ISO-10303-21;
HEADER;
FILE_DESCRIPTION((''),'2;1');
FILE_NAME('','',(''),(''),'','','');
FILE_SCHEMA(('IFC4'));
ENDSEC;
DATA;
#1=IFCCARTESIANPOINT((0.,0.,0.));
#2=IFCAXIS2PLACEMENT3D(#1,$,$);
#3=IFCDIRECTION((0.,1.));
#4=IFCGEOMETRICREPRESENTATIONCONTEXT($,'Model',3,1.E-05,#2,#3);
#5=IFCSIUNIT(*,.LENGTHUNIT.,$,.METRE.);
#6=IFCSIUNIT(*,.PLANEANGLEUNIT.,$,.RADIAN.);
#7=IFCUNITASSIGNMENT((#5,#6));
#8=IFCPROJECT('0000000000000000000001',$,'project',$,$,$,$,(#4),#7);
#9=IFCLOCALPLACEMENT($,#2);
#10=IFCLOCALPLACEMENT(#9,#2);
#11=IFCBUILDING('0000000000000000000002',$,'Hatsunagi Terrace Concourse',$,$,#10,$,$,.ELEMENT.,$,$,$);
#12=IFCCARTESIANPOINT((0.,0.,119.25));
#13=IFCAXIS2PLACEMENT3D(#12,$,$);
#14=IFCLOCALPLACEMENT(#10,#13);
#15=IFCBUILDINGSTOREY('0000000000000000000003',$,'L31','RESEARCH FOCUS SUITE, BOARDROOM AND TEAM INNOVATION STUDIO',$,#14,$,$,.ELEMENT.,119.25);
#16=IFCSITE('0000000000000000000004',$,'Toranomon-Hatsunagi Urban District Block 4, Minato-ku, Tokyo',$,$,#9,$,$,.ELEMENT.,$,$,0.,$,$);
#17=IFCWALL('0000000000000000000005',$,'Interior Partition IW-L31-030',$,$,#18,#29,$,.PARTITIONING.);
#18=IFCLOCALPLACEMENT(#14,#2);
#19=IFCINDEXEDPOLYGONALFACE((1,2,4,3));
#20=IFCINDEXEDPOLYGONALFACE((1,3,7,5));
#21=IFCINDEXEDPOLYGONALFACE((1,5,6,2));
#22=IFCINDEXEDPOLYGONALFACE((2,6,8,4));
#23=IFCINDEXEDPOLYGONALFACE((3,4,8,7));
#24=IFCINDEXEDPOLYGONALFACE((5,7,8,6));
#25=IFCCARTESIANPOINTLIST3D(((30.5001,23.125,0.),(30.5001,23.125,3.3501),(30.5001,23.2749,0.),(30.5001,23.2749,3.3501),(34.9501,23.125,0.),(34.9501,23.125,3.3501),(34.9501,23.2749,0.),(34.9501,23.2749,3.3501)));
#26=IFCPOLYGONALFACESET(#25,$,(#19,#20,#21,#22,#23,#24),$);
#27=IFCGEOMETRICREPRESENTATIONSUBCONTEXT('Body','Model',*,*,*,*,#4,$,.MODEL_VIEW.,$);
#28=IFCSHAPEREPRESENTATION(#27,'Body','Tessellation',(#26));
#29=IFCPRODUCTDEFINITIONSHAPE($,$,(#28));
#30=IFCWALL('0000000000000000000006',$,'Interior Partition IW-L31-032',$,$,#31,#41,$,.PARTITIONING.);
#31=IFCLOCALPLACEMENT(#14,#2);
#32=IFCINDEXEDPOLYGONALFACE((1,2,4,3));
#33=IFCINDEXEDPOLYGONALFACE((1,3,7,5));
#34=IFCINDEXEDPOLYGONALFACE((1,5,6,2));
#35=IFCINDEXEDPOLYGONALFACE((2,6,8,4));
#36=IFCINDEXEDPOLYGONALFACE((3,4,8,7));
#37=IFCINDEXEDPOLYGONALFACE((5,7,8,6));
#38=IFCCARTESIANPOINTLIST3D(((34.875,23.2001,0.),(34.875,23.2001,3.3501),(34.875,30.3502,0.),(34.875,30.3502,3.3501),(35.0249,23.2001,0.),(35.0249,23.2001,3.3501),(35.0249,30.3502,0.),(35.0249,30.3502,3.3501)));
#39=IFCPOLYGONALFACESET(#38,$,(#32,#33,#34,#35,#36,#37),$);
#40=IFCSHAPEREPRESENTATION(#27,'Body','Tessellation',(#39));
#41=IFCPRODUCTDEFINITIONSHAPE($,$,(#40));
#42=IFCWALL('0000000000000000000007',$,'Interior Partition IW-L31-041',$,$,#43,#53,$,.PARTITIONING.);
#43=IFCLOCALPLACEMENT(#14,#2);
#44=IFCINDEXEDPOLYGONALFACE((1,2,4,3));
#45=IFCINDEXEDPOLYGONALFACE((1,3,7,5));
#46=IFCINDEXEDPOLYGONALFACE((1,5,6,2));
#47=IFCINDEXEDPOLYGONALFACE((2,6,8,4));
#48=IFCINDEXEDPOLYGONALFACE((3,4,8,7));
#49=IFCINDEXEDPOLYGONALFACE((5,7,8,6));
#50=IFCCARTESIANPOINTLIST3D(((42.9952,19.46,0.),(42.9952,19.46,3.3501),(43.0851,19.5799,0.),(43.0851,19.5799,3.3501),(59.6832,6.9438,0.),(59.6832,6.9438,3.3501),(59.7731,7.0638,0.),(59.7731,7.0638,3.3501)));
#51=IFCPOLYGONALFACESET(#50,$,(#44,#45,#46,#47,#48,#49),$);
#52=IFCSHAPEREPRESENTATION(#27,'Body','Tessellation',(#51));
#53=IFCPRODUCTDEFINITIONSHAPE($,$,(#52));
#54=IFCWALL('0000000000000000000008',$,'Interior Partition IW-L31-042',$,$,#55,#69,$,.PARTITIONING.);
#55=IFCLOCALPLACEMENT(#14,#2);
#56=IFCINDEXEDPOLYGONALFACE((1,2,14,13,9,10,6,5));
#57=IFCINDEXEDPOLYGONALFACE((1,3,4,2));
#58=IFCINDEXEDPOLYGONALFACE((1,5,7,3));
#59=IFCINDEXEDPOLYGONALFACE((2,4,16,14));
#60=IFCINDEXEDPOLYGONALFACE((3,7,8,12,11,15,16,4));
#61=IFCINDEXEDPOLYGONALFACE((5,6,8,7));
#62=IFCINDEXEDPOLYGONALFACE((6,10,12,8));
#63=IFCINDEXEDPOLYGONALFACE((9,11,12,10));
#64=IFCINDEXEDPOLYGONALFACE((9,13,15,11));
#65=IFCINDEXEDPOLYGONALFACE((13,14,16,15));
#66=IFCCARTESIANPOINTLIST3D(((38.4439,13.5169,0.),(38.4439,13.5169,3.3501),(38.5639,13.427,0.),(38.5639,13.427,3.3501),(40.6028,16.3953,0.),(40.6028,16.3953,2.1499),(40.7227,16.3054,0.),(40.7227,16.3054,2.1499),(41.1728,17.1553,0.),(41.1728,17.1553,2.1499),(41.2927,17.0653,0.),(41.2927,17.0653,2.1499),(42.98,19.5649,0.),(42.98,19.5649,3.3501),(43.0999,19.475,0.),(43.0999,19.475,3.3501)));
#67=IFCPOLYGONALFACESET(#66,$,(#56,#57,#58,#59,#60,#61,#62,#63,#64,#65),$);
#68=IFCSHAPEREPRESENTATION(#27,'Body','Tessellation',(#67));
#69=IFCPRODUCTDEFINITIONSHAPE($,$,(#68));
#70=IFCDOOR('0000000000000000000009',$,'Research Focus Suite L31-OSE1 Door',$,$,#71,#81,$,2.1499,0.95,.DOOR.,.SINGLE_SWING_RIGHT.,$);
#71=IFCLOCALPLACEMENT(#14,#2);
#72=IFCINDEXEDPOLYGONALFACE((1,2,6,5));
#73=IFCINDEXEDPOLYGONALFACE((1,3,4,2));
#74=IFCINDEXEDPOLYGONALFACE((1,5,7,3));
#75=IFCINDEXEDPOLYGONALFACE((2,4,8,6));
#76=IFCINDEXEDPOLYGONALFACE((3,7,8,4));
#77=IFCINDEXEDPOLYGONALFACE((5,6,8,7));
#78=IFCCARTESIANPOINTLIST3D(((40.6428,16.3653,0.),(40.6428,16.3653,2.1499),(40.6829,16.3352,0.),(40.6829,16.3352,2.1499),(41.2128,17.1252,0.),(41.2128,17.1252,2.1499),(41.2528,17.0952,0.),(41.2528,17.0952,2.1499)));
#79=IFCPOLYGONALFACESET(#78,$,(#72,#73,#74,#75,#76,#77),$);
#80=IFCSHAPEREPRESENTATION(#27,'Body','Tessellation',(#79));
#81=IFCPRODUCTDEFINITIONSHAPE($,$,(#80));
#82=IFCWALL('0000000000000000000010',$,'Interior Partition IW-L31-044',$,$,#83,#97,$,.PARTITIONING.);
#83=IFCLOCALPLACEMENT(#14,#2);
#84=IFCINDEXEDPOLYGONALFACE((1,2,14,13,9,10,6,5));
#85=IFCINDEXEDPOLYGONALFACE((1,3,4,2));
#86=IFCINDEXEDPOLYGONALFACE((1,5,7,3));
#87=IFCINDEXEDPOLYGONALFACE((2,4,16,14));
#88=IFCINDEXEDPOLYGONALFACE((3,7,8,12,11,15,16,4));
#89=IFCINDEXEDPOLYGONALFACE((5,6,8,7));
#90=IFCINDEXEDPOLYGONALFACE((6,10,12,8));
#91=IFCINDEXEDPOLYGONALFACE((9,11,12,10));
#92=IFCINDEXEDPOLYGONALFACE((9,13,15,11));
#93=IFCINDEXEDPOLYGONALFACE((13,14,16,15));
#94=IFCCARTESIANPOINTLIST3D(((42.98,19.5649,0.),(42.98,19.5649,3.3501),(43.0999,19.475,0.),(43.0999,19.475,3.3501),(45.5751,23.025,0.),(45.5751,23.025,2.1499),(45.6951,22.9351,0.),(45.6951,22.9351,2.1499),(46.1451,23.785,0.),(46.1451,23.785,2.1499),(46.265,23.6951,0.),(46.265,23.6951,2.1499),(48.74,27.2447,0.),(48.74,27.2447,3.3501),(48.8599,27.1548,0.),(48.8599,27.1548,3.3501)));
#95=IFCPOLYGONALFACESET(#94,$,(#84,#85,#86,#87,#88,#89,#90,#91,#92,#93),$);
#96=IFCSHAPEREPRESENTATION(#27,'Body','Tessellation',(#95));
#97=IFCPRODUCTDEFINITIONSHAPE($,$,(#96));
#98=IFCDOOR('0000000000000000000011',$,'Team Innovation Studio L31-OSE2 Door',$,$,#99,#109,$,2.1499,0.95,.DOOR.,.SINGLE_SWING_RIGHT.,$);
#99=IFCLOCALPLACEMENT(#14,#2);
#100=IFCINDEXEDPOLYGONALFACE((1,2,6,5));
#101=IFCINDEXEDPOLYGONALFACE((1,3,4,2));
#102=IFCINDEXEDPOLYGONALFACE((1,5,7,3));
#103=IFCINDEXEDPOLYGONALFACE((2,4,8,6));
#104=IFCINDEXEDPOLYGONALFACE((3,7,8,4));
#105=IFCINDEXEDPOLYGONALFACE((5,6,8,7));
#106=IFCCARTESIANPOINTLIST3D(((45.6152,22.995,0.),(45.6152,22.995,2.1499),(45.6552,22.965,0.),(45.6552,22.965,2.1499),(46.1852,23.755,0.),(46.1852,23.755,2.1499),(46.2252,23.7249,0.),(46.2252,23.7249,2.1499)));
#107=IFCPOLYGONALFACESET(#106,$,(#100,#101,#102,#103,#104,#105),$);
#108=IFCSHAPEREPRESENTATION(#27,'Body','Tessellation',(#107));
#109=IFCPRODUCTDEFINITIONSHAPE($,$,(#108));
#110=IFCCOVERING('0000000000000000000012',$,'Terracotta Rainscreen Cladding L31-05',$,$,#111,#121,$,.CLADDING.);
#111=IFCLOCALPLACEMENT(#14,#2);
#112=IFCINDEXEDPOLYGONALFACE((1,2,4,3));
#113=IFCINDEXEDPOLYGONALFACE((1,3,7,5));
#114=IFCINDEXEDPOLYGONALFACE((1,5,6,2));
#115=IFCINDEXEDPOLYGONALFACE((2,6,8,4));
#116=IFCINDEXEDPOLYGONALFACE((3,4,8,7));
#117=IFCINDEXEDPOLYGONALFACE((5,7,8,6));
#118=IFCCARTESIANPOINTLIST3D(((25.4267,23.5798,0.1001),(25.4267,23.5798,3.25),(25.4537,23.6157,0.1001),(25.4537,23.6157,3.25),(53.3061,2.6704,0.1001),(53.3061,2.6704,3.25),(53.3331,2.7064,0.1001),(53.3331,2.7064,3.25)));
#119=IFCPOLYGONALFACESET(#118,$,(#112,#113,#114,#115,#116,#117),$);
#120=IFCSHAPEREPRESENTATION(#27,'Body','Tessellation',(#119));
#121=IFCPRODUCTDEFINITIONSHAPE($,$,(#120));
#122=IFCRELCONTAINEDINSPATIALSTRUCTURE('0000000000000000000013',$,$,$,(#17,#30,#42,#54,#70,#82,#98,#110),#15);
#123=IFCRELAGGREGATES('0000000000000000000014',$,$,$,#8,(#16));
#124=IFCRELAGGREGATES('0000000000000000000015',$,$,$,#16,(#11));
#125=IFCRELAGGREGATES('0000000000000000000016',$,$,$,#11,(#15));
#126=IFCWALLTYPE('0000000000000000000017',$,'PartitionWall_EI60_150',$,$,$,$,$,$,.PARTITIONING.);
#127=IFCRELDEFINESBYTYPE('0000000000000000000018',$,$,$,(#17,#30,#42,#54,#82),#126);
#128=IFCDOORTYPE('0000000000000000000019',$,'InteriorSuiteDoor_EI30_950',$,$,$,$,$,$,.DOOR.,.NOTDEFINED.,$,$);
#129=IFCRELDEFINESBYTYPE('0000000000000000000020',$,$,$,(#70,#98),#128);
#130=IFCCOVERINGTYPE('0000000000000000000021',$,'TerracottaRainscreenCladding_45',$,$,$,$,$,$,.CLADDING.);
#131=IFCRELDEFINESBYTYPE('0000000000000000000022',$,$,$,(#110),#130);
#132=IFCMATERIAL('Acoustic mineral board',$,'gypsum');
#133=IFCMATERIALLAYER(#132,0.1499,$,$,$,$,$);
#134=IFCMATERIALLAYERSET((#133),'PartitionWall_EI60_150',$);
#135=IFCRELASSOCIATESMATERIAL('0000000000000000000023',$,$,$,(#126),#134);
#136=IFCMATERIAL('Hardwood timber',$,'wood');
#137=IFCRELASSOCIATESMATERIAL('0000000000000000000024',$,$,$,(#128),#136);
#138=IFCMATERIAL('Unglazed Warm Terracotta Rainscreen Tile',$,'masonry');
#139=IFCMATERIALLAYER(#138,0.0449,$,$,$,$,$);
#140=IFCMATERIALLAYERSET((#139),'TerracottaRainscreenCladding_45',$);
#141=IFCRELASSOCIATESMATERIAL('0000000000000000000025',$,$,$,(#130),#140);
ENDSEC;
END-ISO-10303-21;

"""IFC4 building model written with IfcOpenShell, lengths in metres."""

from ifc_helpers import new_model, si_unit, direction, frame, frame_2d, origin, origin_2d, place, context, subcontext, project, spatial, rectangle, extrude, material, layer, layer_set, type_object, element, fill, save


model = new_model("IFC4")

# Units and contexts
model_context = context("Model", 3, precision=1e-05, world=origin(), true_north=direction((0.0, 1.0)))
body_context = subcontext(model_context, "Body", "Model", "MODEL_VIEW")
ifc_project = project(units=[si_unit("LENGTHUNIT", "METRE"), si_unit("PLANEANGLEUNIT", "RADIAN")], contexts=[model_context])

# Site, building, storey
site_placement = place(None, origin())
site = spatial("IfcSite", under=ifc_project, at=site_placement, Name="Toranomon-Hatsunagi Urban District Block 4, Minato-ku, Tokyo", CompositionType="ELEMENT", RefElevation=0.0)
building_placement = place(site_placement, origin())
building = spatial("IfcBuilding", under=site, at=building_placement, Name="Hatsunagi Terrace Concourse", CompositionType="ELEMENT")
storey_placement = place(building_placement, frame((0.0, 0.0, 119.25)))
storey = spatial("IfcBuildingStorey", under=building, at=storey_placement, Name="L31", Description="RESEARCH FOCUS SUITE, BOARDROOM AND TEAM INNOVATION STUDIO", CompositionType="ELEMENT", Elevation=119.25)

# Walls
ifc_material_1 = material(Name="Acoustic mineral board", Category="gypsum")
ifc_layer_1 = layer(ifc_material_1, 0.1499)
ifc_layer_set_1 = layer_set([ifc_layer_1], Name="PartitionWall_EI60_150")
wall_type_1 = type_object("IfcWallType", Name="PartitionWall_EI60_150", PredefinedType="PARTITIONING", material=ifc_layer_set_1)
wall_1_placement = place(storey_placement, frame((30.5, 23.2, 0.0), z_axis=(0.0, 0.0, 1.0), x_axis=(1.0, 0.0, 0.0)))
element("IfcWall", 1, at=wall_1_placement, inside=storey, type_object=wall_type_1, Name="Interior Partition IW-L31-030", PredefinedType="PARTITIONING", context=body_context, shape_type="SweptSolid", body=[
    extrude(rectangle(XDim=4.45, YDim=0.1499, at=frame_2d((2.2251, 0.0))), origin(), (0.0, 0.0, 1.0), 3.3501),
])
wall_2_placement = place(storey_placement, frame((34.95, 23.2, 0.0), z_axis=(0.0, 0.0, 1.0), x_axis=(0.0, 1.0, 0.0)))
element("IfcWall", 2, at=wall_2_placement, inside=storey, type_object=wall_type_1, Name="Interior Partition IW-L31-032", PredefinedType="PARTITIONING", context=body_context, shape_type="SweptSolid", body=[
    extrude(rectangle(XDim=7.1501, YDim=0.1499, at=frame_2d((3.5752, 0.0))), origin(), (0.0, 0.0, 1.0), 3.3501),
])
wall_3_placement = place(storey_placement, frame((43.04, 19.52, 0.0), z_axis=(0.0, 0.0, 1.0), x_axis=(0.799997, -0.600004, 0.0)))
element("IfcWall", 3, at=wall_3_placement, inside=storey, type_object=wall_type_1, Name="Interior Partition IW-L31-041", PredefinedType="PARTITIONING", context=body_context, shape_type="SweptSolid", body=[
    extrude(rectangle(XDim=20.8601, YDim=0.1499, at=frame_2d((10.4302, 0.0))), origin(), (0.0, 0.0, 1.0), 3.3501),
])

# Walls, openings, doors
wall_4_placement = place(storey_placement, frame((38.5039, 13.4719, 0.0), z_axis=(0.0, 0.0, 1.0), x_axis=(0.600005, 0.799996, 0.0)))
wall_4 = element("IfcWall", 4, at=wall_4_placement, inside=storey, type_object=wall_type_1, Name="Interior Partition IW-L31-042", PredefinedType="PARTITIONING", context=body_context, shape_type="SweptSolid", body=[
    extrude(rectangle(XDim=7.5601, YDim=0.1499, at=frame_2d((3.78, 0.0))), origin(), (0.0, 0.0, 1.0), 3.3501),
])
opening_1_placement = place(wall_4_placement, frame((3.5979, 0.0, 0.0)))
opening_1 = element("IfcOpeningElement", 5, at=opening_1_placement, cuts=wall_4, PredefinedType="OPENING", context=body_context, shape_type="SweptSolid", body=[
    extrude(rectangle(XDim=0.95, YDim=2.1499, at=frame_2d((0.4751, 1.075))), frame((0.0, 0.085, 0.0), z_axis=(0.0, -1.0, 0.0), x_axis=(1.0, 0.0, 0.0)), (0.0, 0.0, 1.0), 0.1699),
])
ifc_material_2 = material(Name="Hardwood timber", Category="wood")
door_type = type_object("IfcDoorType", Name="InteriorSuiteDoor_EI30_950", OperationType="NOTDEFINED", PredefinedType="DOOR", material=ifc_material_2)
door_1_placement = place(opening_1_placement, origin())
door_1 = element("IfcDoor", 6, at=door_1_placement, inside=storey, type_object=door_type, Name="Research Focus Suite L31-OSE1 Door", OperationType="SINGLE_SWING_RIGHT", OverallHeight=2.1499, OverallWidth=0.95, PredefinedType="DOOR", context=body_context, shape_type="SweptSolid", body=[
    extrude(rectangle(XDim=0.95, YDim=2.1499, at=frame_2d((0.4751, 1.075))), frame((0.0, 0.0249, 0.0), z_axis=(0.0, -1.0, 0.0), x_axis=(1.0, 0.0, 0.0)), (0.0, 0.0, 1.0), 0.05),
])
fill(opening_1, door_1)
wall_5_placement = place(storey_placement, frame((43.04, 19.52, 0.0), z_axis=(0.0, 0.0, 1.0), x_axis=(0.600004, 0.799997, 0.0)))
wall_5 = element("IfcWall", 7, at=wall_5_placement, inside=storey, type_object=wall_type_1, Name="Interior Partition IW-L31-044", PredefinedType="PARTITIONING", context=body_context, shape_type="SweptSolid", body=[
    extrude(rectangle(XDim=9.5999, YDim=0.1499, at=frame_2d((4.7998, 0.0))), origin(), (0.0, 0.0, 1.0), 3.3501),
])
opening_2_placement = place(wall_5_placement, frame((4.325, 0.0, 0.0)))
opening_2 = element("IfcOpeningElement", 8, at=opening_2_placement, cuts=wall_5, PredefinedType="OPENING", context=body_context, shape_type="SweptSolid", body=[
    extrude(rectangle(XDim=0.95, YDim=2.1499, at=frame_2d((0.4751, 1.075))), frame((0.0, 0.085, 0.0), z_axis=(0.0, -1.0, 0.0), x_axis=(1.0, 0.0, 0.0)), (0.0, 0.0, 1.0), 0.1699),
])
door_2_placement = place(opening_2_placement, origin())
door_2 = element("IfcDoor", 9, at=door_2_placement, inside=storey, type_object=door_type, Name="Team Innovation Studio L31-OSE2 Door", OperationType="SINGLE_SWING_RIGHT", OverallHeight=2.1499, OverallWidth=0.95, PredefinedType="DOOR", context=body_context, shape_type="SweptSolid", body=[
    extrude(rectangle(XDim=0.95, YDim=2.1499, at=frame_2d((0.4751, 1.075))), frame((0.0, 0.0249, 0.0), z_axis=(0.0, -1.0, 0.0), x_axis=(1.0, 0.0, 0.0)), (0.0, 0.0, 1.0), 0.05),
])
fill(opening_2, door_2)

# Covering
ifc_material_3 = material(Name="Unglazed Warm Terracotta Rainscreen Tile", Category="masonry")
ifc_layer_2 = layer(ifc_material_3, 0.0449)
ifc_layer_set_2 = layer_set([ifc_layer_2], Name="TerracottaRainscreenCladding_45")
covering_type = type_object("IfcCoveringType", Name="TerracottaRainscreenCladding_45", PredefinedType="CLADDING", material=ifc_layer_set_2)
covering_placement = place(storey_placement, frame((39.3799, 13.1431, 0.1001), z_axis=(0.0, 0.0, 1.0), x_axis=(-0.800003, 0.599996, 0.0)))
element("IfcCovering", 10, at=covering_placement, inside=storey, type_object=covering_type, Name="Terracotta Rainscreen Cladding L31-05", PredefinedType="CLADDING", context=body_context, shape_type="SweptSolid", body=[
    extrude(rectangle(XDim=34.8491, YDim=0.0449, at=origin_2d()), origin(), (0.0, 0.0, 1.0), 3.1499),
])

save(model, "model.ifc")
